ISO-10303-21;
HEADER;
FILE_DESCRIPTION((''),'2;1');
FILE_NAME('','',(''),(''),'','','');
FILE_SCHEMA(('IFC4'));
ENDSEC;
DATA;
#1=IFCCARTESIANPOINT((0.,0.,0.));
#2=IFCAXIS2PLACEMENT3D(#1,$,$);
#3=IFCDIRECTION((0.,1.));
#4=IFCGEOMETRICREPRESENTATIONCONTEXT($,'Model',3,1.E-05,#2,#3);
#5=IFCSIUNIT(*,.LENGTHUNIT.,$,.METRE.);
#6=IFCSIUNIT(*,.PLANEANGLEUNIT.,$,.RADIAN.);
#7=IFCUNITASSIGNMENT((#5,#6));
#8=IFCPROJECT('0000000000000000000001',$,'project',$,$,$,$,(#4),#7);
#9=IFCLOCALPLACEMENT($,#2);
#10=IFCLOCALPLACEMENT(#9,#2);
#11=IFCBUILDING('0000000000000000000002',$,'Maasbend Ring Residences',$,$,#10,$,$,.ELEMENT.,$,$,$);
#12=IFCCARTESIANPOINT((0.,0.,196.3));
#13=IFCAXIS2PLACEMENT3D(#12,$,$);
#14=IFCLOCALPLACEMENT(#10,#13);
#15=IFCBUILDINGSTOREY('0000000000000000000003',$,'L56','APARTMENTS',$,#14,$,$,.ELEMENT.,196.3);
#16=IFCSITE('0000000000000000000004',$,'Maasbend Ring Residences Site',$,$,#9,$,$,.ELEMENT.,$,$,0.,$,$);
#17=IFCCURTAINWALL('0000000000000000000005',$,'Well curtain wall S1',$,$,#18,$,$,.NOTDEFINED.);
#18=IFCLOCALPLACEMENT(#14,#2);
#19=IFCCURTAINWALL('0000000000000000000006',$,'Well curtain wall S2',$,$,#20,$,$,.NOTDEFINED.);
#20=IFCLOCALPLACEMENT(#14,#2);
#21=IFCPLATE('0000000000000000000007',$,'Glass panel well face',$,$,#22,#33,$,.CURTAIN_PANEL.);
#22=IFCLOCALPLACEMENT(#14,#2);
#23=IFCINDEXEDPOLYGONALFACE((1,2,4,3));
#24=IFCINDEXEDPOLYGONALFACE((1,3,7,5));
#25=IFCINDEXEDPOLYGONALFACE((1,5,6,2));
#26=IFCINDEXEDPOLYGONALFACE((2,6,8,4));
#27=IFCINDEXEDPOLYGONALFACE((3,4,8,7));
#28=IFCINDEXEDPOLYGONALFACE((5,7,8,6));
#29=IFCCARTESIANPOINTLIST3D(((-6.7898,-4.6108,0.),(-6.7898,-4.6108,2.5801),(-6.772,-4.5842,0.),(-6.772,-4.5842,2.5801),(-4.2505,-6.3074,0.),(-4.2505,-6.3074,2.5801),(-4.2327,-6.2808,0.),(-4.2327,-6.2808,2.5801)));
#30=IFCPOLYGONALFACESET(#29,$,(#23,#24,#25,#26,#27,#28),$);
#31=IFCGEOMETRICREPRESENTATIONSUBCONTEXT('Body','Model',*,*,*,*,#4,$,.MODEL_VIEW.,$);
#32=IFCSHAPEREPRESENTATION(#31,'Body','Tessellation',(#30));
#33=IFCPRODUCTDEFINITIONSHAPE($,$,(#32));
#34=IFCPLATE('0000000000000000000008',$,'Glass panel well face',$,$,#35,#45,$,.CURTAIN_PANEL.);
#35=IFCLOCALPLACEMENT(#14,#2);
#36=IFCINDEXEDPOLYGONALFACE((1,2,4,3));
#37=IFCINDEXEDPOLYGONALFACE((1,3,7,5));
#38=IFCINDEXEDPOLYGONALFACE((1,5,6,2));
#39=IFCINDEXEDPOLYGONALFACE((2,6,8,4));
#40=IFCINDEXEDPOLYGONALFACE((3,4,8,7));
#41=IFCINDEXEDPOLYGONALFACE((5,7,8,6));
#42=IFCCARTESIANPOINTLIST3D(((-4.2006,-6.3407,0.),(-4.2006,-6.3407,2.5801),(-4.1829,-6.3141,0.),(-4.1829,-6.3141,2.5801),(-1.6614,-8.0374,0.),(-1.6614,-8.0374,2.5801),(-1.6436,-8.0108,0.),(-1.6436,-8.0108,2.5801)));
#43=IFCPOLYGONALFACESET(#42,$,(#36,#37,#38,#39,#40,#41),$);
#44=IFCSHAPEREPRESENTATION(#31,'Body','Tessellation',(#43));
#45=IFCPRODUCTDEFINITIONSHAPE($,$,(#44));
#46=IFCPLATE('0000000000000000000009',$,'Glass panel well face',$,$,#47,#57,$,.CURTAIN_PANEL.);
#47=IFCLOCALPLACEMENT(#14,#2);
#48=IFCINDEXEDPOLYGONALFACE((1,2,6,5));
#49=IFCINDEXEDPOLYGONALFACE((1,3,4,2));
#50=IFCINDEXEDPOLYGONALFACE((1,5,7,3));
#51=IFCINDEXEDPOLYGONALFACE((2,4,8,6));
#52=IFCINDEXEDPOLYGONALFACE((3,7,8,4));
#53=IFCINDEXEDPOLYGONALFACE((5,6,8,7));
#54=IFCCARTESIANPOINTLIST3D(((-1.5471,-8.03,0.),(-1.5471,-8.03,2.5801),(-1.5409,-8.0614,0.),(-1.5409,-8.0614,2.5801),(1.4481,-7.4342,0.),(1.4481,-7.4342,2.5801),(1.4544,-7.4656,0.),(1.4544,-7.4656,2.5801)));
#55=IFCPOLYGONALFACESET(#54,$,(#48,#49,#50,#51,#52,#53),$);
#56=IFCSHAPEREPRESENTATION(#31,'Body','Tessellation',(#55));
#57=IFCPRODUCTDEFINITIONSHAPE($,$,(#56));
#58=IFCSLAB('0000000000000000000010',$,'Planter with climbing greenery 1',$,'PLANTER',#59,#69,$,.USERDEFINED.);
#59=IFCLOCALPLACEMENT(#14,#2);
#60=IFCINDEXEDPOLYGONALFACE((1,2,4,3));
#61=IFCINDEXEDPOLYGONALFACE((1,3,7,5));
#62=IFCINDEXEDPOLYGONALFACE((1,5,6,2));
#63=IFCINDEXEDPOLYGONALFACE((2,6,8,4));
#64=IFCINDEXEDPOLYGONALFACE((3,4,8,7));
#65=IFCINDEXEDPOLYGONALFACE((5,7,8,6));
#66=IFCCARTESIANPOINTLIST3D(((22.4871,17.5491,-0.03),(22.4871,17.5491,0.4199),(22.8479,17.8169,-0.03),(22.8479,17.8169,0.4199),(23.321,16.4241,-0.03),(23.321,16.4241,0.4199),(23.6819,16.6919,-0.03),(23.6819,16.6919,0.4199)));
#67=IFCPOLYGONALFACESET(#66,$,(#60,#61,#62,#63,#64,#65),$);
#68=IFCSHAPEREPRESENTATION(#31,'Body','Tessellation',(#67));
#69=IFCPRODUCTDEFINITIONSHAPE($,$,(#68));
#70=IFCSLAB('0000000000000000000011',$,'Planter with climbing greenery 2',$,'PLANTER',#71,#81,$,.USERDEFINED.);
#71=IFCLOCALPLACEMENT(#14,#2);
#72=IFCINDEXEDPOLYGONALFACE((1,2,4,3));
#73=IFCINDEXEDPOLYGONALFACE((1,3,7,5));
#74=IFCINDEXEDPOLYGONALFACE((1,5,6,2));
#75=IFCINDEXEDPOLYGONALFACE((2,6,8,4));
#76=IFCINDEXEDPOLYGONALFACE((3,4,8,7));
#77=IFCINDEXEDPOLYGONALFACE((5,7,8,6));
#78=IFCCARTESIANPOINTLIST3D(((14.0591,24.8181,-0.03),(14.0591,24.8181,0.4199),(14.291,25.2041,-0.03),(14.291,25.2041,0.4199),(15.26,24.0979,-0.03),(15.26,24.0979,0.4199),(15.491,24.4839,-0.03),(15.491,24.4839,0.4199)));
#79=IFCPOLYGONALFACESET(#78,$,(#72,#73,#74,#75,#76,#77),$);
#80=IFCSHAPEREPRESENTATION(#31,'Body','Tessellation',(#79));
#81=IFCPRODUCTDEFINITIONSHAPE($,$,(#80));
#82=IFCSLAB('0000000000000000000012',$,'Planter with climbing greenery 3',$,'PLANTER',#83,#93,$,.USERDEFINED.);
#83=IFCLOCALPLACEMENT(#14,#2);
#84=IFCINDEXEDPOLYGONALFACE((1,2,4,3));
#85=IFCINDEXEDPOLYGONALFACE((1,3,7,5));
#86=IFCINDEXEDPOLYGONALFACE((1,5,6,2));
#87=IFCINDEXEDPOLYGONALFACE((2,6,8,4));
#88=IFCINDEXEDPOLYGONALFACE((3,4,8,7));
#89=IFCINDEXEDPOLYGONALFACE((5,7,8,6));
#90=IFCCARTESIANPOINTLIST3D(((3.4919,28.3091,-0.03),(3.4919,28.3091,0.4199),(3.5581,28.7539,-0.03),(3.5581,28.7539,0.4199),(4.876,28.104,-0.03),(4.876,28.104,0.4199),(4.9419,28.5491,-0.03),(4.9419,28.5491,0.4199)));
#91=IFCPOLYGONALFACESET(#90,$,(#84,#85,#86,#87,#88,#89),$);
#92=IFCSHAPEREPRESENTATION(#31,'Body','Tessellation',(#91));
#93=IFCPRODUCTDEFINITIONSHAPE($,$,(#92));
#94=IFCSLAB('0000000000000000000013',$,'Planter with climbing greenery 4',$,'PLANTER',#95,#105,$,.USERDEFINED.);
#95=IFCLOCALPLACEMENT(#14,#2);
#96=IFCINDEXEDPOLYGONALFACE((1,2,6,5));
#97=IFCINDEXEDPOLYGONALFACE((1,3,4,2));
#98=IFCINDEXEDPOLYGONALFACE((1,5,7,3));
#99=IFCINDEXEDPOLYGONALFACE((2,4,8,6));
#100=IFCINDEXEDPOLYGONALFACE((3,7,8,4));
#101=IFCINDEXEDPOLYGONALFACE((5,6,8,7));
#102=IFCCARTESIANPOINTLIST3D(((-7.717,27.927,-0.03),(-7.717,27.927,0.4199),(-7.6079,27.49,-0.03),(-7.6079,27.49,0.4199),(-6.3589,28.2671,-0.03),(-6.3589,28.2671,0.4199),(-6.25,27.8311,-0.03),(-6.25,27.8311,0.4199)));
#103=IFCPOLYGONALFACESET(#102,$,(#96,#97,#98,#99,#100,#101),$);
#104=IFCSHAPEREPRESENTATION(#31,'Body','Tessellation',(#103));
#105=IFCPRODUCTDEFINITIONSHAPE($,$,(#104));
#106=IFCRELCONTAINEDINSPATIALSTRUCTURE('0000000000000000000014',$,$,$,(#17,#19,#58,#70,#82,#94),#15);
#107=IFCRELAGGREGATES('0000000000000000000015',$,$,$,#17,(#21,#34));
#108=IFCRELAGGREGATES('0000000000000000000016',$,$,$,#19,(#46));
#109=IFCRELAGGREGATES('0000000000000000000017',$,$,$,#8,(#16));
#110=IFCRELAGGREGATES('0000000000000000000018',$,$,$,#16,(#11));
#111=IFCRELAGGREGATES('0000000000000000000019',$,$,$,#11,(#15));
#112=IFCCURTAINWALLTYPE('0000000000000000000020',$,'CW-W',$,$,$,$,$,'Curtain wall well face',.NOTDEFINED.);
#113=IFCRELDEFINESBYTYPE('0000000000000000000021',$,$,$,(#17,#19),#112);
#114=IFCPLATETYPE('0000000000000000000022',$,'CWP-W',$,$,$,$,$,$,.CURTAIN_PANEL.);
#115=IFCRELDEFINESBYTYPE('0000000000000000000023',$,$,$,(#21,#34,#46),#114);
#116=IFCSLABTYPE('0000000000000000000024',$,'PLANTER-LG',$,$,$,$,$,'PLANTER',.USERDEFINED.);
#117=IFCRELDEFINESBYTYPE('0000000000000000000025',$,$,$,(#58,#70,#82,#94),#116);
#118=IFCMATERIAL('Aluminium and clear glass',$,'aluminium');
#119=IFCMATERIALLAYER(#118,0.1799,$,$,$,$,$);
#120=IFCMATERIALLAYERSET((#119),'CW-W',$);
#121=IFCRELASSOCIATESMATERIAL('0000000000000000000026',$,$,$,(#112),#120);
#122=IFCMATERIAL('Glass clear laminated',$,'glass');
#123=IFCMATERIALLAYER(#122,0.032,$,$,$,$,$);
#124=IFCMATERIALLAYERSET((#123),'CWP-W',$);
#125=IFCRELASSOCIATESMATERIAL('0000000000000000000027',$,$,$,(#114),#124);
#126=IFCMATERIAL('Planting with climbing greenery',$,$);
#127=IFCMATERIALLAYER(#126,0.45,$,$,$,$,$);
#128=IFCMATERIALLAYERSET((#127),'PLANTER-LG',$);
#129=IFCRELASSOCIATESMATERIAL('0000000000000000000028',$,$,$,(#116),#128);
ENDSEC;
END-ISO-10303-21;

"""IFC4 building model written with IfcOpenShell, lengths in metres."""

from ifc_helpers import new_model, si_unit, direction, frame, origin, origin_2d, place, context, subcontext, project, spatial, polyline, rectangle, outline, extrude, material, layer, layer_set, type_object, element, aggregate, save


model = new_model("IFC4")

# Units and contexts
model_context = context("Model", 3, precision=1e-05, world=origin(), true_north=direction((0.0, 1.0)))
body_context = subcontext(model_context, "Body", "Model", "MODEL_VIEW")
ifc_project = project(units=[si_unit("LENGTHUNIT", "METRE"), si_unit("PLANEANGLEUNIT", "RADIAN")], contexts=[model_context])

# Site, building, storey
site_placement = place(None, origin())
site = spatial("IfcSite", under=ifc_project, at=site_placement, Name="Maasbend Ring Residences Site", CompositionType="ELEMENT", RefElevation=0.0)
building_placement = place(site_placement, origin())
building = spatial("IfcBuilding", under=site, at=building_placement, Name="Maasbend Ring Residences", CompositionType="ELEMENT")
storey_placement = place(building_placement, frame((0.0, 0.0, 196.3)))
storey = spatial("IfcBuildingStorey", under=building, at=storey_placement, Name="L56", Description="APARTMENTS", CompositionType="ELEMENT", Elevation=196.3)

# Curtain wall
ifc_material_1 = material(Name="Aluminium and clear glass", Category="aluminium")
ifc_layer_1 = layer(ifc_material_1, 0.1799)
ifc_layer_set_1 = layer_set([ifc_layer_1], Name="CW-W")
curtain_wall_type = type_object("IfcCurtainWallType", Name="CW-W", ElementType="Curtain wall well face", PredefinedType="NOTDEFINED", material=ifc_layer_set_1)
curtain_wall_1_placement = place(storey_placement, origin())
curtain_wall_1 = element("IfcCurtainWall", 1, at=curtain_wall_1_placement, inside=storey, type_object=curtain_wall_type, Name="Well curtain wall S1", PredefinedType="NOTDEFINED")

# Curtain wall
curtain_wall_2_placement = place(storey_placement, origin())
curtain_wall_2 = element("IfcCurtainWall", 2, at=curtain_wall_2_placement, inside=storey, type_object=curtain_wall_type, Name="Well curtain wall S2", PredefinedType="NOTDEFINED")

# Plates
ifc_material_2 = material(Name="Glass clear laminated", Category="glass")
ifc_layer_2 = layer(ifc_material_2, 0.032)
ifc_layer_set_2 = layer_set([ifc_layer_2], Name="CWP-W")
plate_type = type_object("IfcPlateType", Name="CWP-W", PredefinedType="CURTAIN_PANEL", material=ifc_layer_set_2)
plate_1_placement = place(storey_placement, frame((-5.5112, -5.4458, 0.0), z_axis=(0.0, 0.0, 1.0), x_axis=(0.83147, -0.55557, 0.0)))
plate_1 = element("IfcPlate", 3, at=plate_1_placement, type_object=plate_type, Name="Glass panel well face", PredefinedType="CURTAIN_PANEL", context=body_context, shape_type="SweptSolid", body=[
    extrude(rectangle(XDim=3.054, YDim=0.032, at=origin_2d()), origin(), (0.0, 0.0, 1.0), 2.5801),
])
plate_2_placement = place(storey_placement, frame((-2.9221, -7.1758, 0.0), z_axis=(0.0, 0.0, 1.0), x_axis=(0.83147, -0.55557, 0.0)))
plate_2 = element("IfcPlate", 4, at=plate_2_placement, type_object=plate_type, Name="Glass panel well face", PredefinedType="CURTAIN_PANEL", context=body_context, shape_type="SweptSolid", body=[
    extrude(rectangle(XDim=3.054, YDim=0.032, at=origin_2d()), origin(), (0.0, 0.0, 1.0), 2.5801),
])
aggregate(curtain_wall_1, [plate_1, plate_2])
plate_3_placement = place(storey_placement, frame((-0.0464, -7.7478, 0.0), z_axis=(0.0, 0.0, 1.0), x_axis=(0.980785, 0.19509, 0.0)))
plate_3 = element("IfcPlate", 5, at=plate_3_placement, type_object=plate_type, Name="Glass panel well face", PredefinedType="CURTAIN_PANEL", context=body_context, shape_type="SweptSolid", body=[
    extrude(rectangle(XDim=3.054, YDim=0.032, at=origin_2d()), origin(), (0.0, 0.0, 1.0), 2.5801),
])
aggregate(curtain_wall_2, [plate_3])

# Slabs
ifc_material_3 = material(Name="Planting with climbing greenery")
ifc_layer_3 = layer(ifc_material_3, 0.45)
ifc_layer_set_3 = layer_set([ifc_layer_3], Name="PLANTER-LG")
slab_type_1 = type_object("IfcSlabType", Name="PLANTER-LG", ElementType="PLANTER", PredefinedType="USERDEFINED", material=ifc_layer_set_3)
slab_1_placement = place(storey_placement, frame((0.0, 0.0, -0.03)))
element("IfcSlab", 6, at=slab_1_placement, inside=storey, type_object=slab_type_1, Name="Planter with climbing greenery 1", ObjectType="PLANTER", PredefinedType="USERDEFINED", context=body_context, shape_type="SweptSolid", body=[
    extrude(outline(polyline([(23.6819, 16.6919), (22.8479, 17.8169), (22.4871, 17.5491), (23.321, 16.4241), (23.6819, 16.6919)])), origin(), (0.0, 0.0, 1.0), 0.45),
])
slab_2_placement = place(storey_placement, frame((0.0, 0.0, -0.03)))
element("IfcSlab", 7, at=slab_2_placement, inside=storey, type_object=slab_type_1, Name="Planter with climbing greenery 2", ObjectType="PLANTER", PredefinedType="USERDEFINED", context=body_context, shape_type="SweptSolid", body=[
    extrude(outline(polyline([(15.491, 24.4839), (14.291, 25.2041), (14.0591, 24.8181), (15.26, 24.0979), (15.491, 24.4839)])), origin(), (0.0, 0.0, 1.0), 0.45),
])
slab_3_placement = place(storey_placement, frame((0.0, 0.0, -0.03)))
element("IfcSlab", 8, at=slab_3_placement, inside=storey, type_object=slab_type_1, Name="Planter with climbing greenery 3", ObjectType="PLANTER", PredefinedType="USERDEFINED", context=body_context, shape_type="SweptSolid", body=[
    extrude(outline(polyline([(4.9419, 28.5491), (3.5581, 28.7539), (3.4919, 28.3091), (4.876, 28.104), (4.9419, 28.5491)])), origin(), (0.0, 0.0, 1.0), 0.45),
])
slab_4_placement = place(storey_placement, frame((0.0, 0.0, -0.03)))
element("IfcSlab", 9, at=slab_4_placement, inside=storey, type_object=slab_type_1, Name="Planter with climbing greenery 4", ObjectType="PLANTER", PredefinedType="USERDEFINED", context=body_context, shape_type="SweptSolid", body=[
    extrude(outline(polyline([(-6.3589, 28.2671), (-7.717, 27.927), (-7.6079, 27.49), (-6.25, 27.8311), (-6.3589, 28.2671)])), origin(), (0.0, 0.0, 1.0), 0.45),
])

save(model, "model.ifc")
